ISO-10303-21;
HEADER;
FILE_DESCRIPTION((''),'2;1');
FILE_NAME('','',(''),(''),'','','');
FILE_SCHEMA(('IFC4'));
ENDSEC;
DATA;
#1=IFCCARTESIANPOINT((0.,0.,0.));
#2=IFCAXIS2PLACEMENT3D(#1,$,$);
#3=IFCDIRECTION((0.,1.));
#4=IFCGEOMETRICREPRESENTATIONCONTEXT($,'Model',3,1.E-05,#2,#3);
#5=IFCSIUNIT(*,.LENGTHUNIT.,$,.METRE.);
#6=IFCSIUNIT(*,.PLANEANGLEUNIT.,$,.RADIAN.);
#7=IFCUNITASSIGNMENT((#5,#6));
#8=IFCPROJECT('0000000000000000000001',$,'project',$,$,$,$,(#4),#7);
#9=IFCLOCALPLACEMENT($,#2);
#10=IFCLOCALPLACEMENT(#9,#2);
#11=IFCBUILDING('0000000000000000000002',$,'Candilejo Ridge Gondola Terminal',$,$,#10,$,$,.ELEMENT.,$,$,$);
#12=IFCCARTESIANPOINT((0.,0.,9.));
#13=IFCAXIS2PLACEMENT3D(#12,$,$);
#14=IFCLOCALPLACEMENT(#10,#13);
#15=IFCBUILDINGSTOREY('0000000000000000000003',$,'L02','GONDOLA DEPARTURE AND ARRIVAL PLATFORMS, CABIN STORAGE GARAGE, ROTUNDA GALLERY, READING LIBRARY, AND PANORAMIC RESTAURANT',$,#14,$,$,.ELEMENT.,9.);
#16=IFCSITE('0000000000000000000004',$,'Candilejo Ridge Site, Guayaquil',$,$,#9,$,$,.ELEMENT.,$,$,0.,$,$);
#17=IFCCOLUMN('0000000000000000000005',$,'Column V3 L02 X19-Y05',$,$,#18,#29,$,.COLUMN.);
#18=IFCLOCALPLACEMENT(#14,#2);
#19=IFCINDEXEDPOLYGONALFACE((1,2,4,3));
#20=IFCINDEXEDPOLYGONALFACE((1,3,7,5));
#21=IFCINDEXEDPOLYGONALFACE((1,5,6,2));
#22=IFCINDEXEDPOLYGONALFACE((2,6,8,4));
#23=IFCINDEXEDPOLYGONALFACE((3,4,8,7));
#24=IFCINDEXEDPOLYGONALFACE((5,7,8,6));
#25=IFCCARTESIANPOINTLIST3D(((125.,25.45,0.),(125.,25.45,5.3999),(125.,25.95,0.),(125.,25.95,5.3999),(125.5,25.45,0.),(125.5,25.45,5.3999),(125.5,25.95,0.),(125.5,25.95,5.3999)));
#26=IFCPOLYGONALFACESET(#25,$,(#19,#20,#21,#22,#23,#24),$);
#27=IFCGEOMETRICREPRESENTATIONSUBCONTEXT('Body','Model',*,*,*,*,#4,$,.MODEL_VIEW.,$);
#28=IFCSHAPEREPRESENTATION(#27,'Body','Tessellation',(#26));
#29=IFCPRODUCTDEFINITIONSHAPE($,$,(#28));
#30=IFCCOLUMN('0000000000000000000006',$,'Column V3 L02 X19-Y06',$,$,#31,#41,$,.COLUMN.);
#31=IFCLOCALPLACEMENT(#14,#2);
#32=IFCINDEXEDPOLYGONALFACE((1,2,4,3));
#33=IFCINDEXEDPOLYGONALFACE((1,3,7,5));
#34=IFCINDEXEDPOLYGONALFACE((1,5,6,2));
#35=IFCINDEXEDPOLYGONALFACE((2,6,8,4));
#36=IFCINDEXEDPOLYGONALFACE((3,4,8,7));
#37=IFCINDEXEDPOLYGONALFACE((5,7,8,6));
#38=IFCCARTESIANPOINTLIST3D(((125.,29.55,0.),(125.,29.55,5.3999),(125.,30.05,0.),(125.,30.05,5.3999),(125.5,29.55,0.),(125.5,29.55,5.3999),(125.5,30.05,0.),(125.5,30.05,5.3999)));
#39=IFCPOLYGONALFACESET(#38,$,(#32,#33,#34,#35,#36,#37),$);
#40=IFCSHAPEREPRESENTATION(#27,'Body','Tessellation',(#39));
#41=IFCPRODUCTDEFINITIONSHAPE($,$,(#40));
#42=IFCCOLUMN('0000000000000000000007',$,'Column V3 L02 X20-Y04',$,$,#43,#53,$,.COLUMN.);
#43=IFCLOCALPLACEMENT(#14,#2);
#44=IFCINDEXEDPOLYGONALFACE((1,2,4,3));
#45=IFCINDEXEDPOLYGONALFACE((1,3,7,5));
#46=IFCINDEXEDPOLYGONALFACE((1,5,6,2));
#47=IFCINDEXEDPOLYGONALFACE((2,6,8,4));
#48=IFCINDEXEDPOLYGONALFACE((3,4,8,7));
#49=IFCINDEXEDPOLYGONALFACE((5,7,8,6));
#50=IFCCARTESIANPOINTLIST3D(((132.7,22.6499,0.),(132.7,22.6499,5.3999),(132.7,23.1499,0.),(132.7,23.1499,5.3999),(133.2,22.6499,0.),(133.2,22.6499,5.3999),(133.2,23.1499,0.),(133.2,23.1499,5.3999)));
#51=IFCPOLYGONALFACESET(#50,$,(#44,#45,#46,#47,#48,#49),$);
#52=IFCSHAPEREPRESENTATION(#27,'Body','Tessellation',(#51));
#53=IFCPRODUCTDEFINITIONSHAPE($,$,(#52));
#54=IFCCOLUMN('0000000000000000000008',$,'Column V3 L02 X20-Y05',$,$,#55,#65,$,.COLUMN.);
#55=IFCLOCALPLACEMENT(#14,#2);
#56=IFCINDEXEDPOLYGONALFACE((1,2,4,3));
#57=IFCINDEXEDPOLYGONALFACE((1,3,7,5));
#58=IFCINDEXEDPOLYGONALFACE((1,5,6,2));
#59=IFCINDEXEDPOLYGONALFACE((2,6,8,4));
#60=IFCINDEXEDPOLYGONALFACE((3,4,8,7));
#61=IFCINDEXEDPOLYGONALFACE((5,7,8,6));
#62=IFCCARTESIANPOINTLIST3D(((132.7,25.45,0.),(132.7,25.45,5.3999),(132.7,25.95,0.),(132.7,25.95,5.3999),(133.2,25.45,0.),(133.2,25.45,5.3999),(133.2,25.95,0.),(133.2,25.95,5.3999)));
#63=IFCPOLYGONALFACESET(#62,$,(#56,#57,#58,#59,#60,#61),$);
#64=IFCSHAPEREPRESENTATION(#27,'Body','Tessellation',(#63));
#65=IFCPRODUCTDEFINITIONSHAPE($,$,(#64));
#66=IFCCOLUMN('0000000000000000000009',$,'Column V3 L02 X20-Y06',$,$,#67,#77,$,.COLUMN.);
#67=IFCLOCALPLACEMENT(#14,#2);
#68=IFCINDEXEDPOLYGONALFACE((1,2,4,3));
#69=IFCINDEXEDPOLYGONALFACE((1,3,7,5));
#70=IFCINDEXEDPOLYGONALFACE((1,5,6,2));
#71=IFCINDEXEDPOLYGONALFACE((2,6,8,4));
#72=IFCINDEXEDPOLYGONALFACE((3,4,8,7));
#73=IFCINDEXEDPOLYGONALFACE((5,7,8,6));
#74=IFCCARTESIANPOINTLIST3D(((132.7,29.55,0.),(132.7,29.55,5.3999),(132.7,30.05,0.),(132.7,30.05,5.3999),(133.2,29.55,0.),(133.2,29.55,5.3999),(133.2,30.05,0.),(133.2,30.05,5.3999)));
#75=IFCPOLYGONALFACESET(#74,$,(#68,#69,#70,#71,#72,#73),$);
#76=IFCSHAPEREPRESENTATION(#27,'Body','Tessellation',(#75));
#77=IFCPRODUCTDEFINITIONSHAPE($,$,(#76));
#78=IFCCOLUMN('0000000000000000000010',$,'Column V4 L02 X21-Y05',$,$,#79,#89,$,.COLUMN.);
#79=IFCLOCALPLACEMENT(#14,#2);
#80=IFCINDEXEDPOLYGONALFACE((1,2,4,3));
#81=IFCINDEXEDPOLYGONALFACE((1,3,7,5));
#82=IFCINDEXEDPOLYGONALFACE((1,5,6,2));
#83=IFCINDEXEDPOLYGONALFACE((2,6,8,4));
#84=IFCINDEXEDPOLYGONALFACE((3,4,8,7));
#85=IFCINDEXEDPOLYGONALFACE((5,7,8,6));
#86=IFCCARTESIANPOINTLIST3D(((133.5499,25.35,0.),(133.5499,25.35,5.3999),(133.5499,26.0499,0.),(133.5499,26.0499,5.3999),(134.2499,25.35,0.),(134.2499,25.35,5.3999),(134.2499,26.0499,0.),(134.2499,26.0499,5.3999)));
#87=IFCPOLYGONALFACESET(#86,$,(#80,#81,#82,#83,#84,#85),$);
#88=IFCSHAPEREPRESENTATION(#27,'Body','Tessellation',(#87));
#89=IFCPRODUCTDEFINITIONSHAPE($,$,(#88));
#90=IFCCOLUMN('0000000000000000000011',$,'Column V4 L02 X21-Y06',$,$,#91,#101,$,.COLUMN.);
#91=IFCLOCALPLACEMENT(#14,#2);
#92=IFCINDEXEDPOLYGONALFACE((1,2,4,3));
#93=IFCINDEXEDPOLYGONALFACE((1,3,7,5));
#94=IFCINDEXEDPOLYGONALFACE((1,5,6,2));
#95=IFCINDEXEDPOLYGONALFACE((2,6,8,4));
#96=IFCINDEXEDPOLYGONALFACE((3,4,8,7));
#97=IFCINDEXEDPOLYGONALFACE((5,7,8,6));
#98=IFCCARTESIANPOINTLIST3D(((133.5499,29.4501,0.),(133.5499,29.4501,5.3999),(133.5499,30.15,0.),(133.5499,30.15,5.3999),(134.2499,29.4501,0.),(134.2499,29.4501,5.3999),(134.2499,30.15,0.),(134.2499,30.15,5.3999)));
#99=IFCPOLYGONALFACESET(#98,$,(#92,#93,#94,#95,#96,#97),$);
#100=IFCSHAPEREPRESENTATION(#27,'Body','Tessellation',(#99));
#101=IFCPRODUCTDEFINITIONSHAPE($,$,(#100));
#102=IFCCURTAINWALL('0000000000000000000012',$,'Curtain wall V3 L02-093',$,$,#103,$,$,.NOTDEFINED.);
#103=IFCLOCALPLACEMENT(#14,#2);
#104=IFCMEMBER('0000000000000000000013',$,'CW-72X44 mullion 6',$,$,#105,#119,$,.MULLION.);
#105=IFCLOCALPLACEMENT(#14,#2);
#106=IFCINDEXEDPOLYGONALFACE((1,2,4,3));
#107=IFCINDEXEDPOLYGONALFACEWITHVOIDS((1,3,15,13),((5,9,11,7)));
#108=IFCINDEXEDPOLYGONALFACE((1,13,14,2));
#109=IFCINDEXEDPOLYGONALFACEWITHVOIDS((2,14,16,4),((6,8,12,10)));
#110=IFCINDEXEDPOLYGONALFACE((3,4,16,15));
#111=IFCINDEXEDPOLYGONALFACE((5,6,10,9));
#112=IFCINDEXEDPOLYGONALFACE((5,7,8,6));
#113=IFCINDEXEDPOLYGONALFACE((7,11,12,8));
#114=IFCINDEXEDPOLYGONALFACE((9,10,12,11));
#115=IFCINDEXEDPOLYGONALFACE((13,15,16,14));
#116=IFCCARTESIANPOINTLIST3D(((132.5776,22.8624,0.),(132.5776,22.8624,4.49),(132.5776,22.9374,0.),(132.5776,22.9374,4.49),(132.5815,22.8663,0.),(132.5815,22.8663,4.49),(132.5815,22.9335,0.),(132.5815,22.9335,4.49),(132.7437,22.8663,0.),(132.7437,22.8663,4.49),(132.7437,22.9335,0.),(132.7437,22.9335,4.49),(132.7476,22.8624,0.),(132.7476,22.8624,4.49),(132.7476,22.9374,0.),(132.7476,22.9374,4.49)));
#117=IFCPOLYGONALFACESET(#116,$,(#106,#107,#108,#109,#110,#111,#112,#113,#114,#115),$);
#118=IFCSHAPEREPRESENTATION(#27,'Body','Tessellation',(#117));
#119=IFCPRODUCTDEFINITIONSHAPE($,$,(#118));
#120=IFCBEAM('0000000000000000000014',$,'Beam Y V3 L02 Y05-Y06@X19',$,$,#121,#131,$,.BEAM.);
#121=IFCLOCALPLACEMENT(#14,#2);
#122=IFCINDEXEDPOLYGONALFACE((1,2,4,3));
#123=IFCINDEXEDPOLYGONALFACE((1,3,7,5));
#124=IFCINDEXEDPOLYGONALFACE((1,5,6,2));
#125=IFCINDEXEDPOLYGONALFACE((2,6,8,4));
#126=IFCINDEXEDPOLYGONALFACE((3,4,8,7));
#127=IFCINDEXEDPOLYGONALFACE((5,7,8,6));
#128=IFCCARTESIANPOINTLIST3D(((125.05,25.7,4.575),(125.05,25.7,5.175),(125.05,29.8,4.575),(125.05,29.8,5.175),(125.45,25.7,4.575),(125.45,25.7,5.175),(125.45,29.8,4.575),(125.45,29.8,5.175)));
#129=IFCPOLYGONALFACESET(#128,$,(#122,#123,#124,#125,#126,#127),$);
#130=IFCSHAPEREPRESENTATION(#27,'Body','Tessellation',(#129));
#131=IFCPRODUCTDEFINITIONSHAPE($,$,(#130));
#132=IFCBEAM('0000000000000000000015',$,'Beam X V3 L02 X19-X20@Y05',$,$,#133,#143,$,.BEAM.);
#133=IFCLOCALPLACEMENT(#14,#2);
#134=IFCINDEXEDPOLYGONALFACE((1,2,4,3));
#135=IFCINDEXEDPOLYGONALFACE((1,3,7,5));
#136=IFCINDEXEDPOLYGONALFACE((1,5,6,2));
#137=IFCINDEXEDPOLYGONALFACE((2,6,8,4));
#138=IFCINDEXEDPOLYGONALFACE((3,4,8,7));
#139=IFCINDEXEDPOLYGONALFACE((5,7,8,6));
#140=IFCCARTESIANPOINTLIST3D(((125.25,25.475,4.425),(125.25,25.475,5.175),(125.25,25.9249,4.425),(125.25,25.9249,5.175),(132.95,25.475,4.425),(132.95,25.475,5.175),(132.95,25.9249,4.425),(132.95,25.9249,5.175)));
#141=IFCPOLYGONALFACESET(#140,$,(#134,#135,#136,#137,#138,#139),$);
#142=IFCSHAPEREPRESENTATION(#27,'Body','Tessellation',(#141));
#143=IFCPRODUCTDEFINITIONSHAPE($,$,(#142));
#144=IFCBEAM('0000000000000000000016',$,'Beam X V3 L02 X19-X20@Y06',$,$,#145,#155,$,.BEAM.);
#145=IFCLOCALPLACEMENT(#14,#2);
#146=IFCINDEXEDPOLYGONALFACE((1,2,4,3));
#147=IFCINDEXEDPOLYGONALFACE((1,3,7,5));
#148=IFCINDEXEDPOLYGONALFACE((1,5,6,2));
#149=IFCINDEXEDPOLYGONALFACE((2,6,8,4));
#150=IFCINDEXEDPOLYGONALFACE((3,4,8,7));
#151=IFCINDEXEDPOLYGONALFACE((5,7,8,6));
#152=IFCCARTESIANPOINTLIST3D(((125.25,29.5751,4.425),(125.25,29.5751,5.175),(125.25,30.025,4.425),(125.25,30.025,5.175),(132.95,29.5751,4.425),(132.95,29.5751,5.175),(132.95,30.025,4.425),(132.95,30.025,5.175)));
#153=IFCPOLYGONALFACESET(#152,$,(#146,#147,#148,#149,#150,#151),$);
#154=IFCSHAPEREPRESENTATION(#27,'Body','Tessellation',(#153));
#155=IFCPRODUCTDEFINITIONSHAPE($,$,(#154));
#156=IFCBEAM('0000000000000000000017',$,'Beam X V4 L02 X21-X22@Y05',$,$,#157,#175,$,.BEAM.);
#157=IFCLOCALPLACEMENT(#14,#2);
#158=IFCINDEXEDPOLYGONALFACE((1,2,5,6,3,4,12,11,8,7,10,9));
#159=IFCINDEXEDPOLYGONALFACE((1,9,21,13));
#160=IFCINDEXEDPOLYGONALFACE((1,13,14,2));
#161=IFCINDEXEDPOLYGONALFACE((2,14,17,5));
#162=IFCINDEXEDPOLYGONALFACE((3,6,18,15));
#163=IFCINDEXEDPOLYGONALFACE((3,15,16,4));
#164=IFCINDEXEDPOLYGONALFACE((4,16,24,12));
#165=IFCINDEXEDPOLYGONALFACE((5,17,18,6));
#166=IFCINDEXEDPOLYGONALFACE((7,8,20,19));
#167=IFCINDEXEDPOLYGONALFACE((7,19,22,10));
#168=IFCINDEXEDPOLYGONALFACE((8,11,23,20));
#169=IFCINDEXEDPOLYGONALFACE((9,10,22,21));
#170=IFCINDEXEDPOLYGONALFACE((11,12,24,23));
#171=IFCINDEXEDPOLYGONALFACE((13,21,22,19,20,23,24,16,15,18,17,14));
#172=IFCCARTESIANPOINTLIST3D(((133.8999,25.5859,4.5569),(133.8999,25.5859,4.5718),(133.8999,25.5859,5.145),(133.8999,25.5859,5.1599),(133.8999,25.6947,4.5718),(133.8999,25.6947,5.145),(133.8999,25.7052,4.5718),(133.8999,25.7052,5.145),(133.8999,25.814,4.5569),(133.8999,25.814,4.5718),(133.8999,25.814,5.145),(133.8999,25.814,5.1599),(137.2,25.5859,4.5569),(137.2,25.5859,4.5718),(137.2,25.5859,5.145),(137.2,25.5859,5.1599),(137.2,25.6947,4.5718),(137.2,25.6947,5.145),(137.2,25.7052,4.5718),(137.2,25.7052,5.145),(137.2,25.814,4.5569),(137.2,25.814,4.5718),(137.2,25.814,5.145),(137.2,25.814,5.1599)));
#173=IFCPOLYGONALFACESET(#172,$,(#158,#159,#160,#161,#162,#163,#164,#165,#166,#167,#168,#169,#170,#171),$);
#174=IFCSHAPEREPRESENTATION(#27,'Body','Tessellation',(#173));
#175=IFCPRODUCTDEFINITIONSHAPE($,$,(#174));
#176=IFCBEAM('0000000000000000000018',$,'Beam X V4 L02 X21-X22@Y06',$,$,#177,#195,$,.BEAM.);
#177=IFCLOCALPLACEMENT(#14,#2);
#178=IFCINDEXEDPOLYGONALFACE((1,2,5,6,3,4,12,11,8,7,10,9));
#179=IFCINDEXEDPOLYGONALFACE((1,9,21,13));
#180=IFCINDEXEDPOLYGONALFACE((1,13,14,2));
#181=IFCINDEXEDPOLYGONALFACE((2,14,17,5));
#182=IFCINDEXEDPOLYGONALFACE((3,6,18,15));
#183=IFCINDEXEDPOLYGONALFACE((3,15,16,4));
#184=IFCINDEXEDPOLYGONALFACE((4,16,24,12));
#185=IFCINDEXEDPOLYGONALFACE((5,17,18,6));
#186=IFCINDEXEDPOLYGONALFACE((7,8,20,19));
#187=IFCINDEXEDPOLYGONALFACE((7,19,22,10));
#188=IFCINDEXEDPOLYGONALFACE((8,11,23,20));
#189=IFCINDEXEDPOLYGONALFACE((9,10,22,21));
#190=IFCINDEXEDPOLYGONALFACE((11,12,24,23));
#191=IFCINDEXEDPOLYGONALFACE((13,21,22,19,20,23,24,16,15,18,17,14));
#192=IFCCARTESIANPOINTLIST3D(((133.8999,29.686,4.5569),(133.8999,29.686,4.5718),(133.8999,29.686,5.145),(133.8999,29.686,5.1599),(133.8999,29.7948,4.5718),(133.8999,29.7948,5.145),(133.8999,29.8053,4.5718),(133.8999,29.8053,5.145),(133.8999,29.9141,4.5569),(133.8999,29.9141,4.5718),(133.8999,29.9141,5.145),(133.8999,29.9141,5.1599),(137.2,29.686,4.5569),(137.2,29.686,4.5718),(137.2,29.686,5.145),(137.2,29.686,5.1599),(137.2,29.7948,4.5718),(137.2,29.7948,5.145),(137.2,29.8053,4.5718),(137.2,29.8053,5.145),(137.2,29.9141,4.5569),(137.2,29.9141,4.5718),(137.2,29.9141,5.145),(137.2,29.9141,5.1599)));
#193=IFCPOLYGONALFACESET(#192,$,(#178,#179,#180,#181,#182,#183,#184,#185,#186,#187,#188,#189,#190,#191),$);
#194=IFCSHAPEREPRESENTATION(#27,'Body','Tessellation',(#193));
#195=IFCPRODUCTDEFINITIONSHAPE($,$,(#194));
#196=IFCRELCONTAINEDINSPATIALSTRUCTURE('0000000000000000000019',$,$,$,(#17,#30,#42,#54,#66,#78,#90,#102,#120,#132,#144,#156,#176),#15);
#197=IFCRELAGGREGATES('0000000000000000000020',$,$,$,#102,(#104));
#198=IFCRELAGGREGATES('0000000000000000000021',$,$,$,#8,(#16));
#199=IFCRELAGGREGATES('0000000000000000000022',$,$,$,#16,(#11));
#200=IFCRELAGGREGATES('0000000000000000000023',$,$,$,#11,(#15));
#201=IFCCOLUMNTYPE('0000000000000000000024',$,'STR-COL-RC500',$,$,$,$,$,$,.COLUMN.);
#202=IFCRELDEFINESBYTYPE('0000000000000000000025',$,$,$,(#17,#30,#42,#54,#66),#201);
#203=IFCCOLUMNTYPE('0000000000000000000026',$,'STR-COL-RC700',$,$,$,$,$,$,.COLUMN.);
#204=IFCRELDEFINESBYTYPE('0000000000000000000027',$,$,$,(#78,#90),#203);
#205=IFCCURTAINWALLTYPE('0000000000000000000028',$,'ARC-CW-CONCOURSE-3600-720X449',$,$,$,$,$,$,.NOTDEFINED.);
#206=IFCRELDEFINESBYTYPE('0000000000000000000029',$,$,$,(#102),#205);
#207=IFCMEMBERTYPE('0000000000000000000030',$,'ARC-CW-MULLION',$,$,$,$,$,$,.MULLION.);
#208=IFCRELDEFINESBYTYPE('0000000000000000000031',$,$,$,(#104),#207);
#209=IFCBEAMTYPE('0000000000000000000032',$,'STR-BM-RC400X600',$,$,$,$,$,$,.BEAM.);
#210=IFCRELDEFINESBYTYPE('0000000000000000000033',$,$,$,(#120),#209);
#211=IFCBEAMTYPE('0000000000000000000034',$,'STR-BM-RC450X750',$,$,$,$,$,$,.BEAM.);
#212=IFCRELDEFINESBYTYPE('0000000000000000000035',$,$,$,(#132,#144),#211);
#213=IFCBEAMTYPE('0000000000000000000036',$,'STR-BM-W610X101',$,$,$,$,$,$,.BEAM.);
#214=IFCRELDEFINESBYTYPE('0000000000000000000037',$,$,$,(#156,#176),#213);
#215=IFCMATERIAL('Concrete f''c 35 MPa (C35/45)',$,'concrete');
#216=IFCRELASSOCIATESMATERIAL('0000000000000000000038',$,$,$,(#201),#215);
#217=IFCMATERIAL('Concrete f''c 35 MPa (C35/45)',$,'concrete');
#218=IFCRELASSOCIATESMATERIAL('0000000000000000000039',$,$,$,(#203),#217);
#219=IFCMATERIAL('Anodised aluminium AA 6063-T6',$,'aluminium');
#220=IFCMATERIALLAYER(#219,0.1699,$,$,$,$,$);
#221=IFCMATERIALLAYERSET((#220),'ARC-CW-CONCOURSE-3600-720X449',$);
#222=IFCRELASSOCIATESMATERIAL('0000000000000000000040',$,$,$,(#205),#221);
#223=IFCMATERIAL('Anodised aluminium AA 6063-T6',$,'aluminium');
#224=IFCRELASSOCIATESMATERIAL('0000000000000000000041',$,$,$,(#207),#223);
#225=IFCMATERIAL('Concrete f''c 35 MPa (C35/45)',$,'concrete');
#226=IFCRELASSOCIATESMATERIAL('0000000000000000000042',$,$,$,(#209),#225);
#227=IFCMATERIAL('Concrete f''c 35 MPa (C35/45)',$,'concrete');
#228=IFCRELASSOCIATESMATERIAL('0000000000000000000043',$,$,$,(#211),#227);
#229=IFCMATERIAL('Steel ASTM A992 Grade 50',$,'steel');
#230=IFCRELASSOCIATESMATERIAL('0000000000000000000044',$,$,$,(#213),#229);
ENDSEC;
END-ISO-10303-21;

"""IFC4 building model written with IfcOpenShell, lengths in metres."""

from ifc_helpers import new_model, si_unit, direction, frame, origin, origin_2d, place, context, subcontext, project, spatial, rectangle, hollow_rectangle, i_section, extrude, material, layer, layer_set, material_profile, profile_set, type_object, element, aggregate, save


model = new_model("IFC4")

# Units and contexts
model_context = context("Model", 3, precision=1e-05, world=origin(), true_north=direction((0.0, 1.0)))
body_context = subcontext(model_context, "Body", "Model", "MODEL_VIEW")
ifc_project = project(units=[si_unit("LENGTHUNIT", "METRE"), si_unit("PLANEANGLEUNIT", "RADIAN")], contexts=[model_context])

# Site, building, storey
site_placement = place(None, origin())
site = spatial("IfcSite", under=ifc_project, at=site_placement, Name="Candilejo Ridge Site, Guayaquil", CompositionType="ELEMENT", RefElevation=0.0)
building_placement = place(site_placement, origin())
building = spatial("IfcBuilding", under=site, at=building_placement, Name="Candilejo Ridge Gondola Terminal", CompositionType="ELEMENT")
storey_placement = place(building_placement, frame((0.0, 0.0, 9.0)))
storey = spatial("IfcBuildingStorey", under=building, at=storey_placement, Name="L02", Description="GONDOLA DEPARTURE AND ARRIVAL PLATFORMS, CABIN STORAGE GARAGE, ROTUNDA GALLERY, READING LIBRARY, AND PANORAMIC RESTAURANT", CompositionType="ELEMENT", Elevation=9.0)

# Columns
ifc_material_1 = material(Name="Concrete f'c 35 MPa (C35/45)", Category="concrete")
ifc_material_profile_1 = material_profile(ifc_material_1, rectangle(XDim=0.5, YDim=0.5, at=origin_2d()))
ifc_profile_set_1 = profile_set([ifc_material_profile_1], Name="Concrete f'c 35 MPa (C35/45)")
column_type_1 = type_object("IfcColumnType", Name="STR-COL-RC500", PredefinedType="COLUMN", material=ifc_profile_set_1)
for number, where, z_axis, x_axis, name in (
    (1, (125.25, 25.7, 0.0), (0.0, 0.0, 1.0), (1.0, 0.0, 0.0), "Column V3 L02 X19-Y05"),
    (2, (125.25, 29.8, 0.0), (0.0, 0.0, 1.0), (1.0, 0.0, 0.0), "Column V3 L02 X19-Y06"),
    (3, (132.95, 22.8999, 0.0), (0.0, 0.0, 1.0), (1.0, 0.0, 0.0), "Column V3 L02 X20-Y04"),
    (4, (132.95, 25.7, 0.0), (0.0, 0.0, 1.0), (1.0, 0.0, 0.0), "Column V3 L02 X20-Y05"),
    (5, (132.95, 29.8, 0.0), (0.0, 0.0, 1.0), (1.0, 0.0, 0.0), "Column V3 L02 X20-Y06"),
):
    element("IfcColumn", number, at=place(storey_placement, frame(where, z_axis=z_axis, x_axis=x_axis)), inside=storey, type_object=column_type_1, Name=name, PredefinedType="COLUMN", context=body_context, shape_type="SweptSolid", body=[
        extrude(rectangle(XDim=0.5, YDim=0.5, at=origin_2d()), origin(), (0.0, 0.0, 1.0), 5.3999),
    ])
ifc_material_2 = material(Name="Concrete f'c 35 MPa (C35/45)", Category="concrete")
ifc_material_profile_2 = material_profile(ifc_material_2, rectangle(XDim=0.7, YDim=0.7, at=origin_2d()))
ifc_profile_set_2 = profile_set([ifc_material_profile_2], Name="Concrete f'c 35 MPa (C35/45)")
column_type_2 = type_object("IfcColumnType", Name="STR-COL-RC700", PredefinedType="COLUMN", material=ifc_profile_set_2)
for number, where, z_axis, x_axis, name in (
    (6, (133.8999, 25.7, 0.0), (0.0, 0.0, 1.0), (1.0, 0.0, 0.0), "Column V4 L02 X21-Y05"),
    (7, (133.8999, 29.8, 0.0), (0.0, 0.0, 1.0), (1.0, 0.0, 0.0), "Column V4 L02 X21-Y06"),
):
    element("IfcColumn", number, at=place(storey_placement, frame(where, z_axis=z_axis, x_axis=x_axis)), inside=storey, type_object=column_type_2, Name=name, PredefinedType="COLUMN", context=body_context, shape_type="SweptSolid", body=[
        extrude(rectangle(XDim=0.7, YDim=0.7, at=origin_2d()), origin(), (0.0, 0.0, 1.0), 5.3999),
    ])

# Curtain wall, member
ifc_material_3 = material(Name="Anodised aluminium AA 6063-T6", Category="aluminium")
ifc_layer_1 = layer(ifc_material_3, 0.1699)
ifc_layer_set_1 = layer_set([ifc_layer_1], Name="ARC-CW-CONCOURSE-3600-720X449")
curtain_wall_type = type_object("IfcCurtainWallType", Name="ARC-CW-CONCOURSE-3600-720X449", PredefinedType="NOTDEFINED", material=ifc_layer_set_1)
curtain_wall_placement = place(storey_placement, origin())
curtain_wall = element("IfcCurtainWall", 8, at=curtain_wall_placement, inside=storey, type_object=curtain_wall_type, Name="Curtain wall V3 L02-093", PredefinedType="NOTDEFINED")
ifc_material_4 = material(Name="Anodised aluminium AA 6063-T6", Category="aluminium")
ifc_material_profile_3 = material_profile(ifc_material_4, hollow_rectangle(XDim=0.075, YDim=0.1699, WallThickness=0.0039, at=origin_2d()))
ifc_profile_set_3 = profile_set([ifc_material_profile_3], Name="Anodised aluminium AA 6063-T6")
member_type = type_object("IfcMemberType", Name="ARC-CW-MULLION", PredefinedType="MULLION", material=ifc_profile_set_3)
member_placement = place(storey_placement, frame((132.6626, 22.8999, 0.0), z_axis=(0.0, 0.0, 1.0), x_axis=(0.0, 1.0, 0.0)))
member = element("IfcMember", 9, at=member_placement, type_object=member_type, Name="CW-72X44 mullion 6", PredefinedType="MULLION", context=body_context, shape_type="SweptSolid", body=[
    extrude(hollow_rectangle(XDim=0.075, YDim=0.1699, WallThickness=0.0039, at=origin_2d()), origin(), (0.0, 0.0, 1.0), 4.49),
])

# Beams
ifc_material_5 = material(Name="Concrete f'c 35 MPa (C35/45)", Category="concrete")
ifc_material_profile_4 = material_profile(ifc_material_5, rectangle(XDim=0.3999, YDim=0.6001, at=origin_2d()))
ifc_profile_set_4 = profile_set([ifc_material_profile_4], Name="Concrete f'c 35 MPa (C35/45)")
beam_type_1 = type_object("IfcBeamType", Name="STR-BM-RC400X600", PredefinedType="BEAM", material=ifc_profile_set_4)
beam_1_placement = place(storey_placement, frame((125.25, 25.7, 4.875), z_axis=(0.0, 1.0, 0.0), x_axis=(-1.0, 0.0, 0.0)))
element("IfcBeam", 10, at=beam_1_placement, inside=storey, type_object=beam_type_1, Name="Beam Y V3 L02 Y05-Y06@X19", PredefinedType="BEAM", context=body_context, shape_type="SweptSolid", body=[
    extrude(rectangle(XDim=0.3999, YDim=0.6001, at=origin_2d()), origin(), (0.0, 0.0, 1.0), 4.1001),
])
ifc_material_6 = material(Name="Concrete f'c 35 MPa (C35/45)", Category="concrete")
ifc_material_profile_5 = material_profile(ifc_material_6, rectangle(XDim=0.45, YDim=0.75, at=origin_2d()))
ifc_profile_set_5 = profile_set([ifc_material_profile_5], Name="Concrete f'c 35 MPa (C35/45)")
beam_type_2 = type_object("IfcBeamType", Name="STR-BM-RC450X750", PredefinedType="BEAM", material=ifc_profile_set_5)
for number, where, z_axis, x_axis, name in (
    (11, (125.25, 25.7, 4.8), (1.0, 0.0, 0.0), (0.0, 1.0, 0.0), "Beam X V3 L02 X19-X20@Y05"),
    (12, (125.25, 29.8, 4.8), (1.0, 0.0, 0.0), (0.0, 1.0, 0.0), "Beam X V3 L02 X19-X20@Y06"),
):
    element("IfcBeam", number, at=place(storey_placement, frame(where, z_axis=z_axis, x_axis=x_axis)), inside=storey, type_object=beam_type_2, Name=name, PredefinedType="BEAM", context=body_context, shape_type="SweptSolid", body=[
        extrude(rectangle(XDim=0.45, YDim=0.75, at=origin_2d()), origin(), (0.0, 0.0, 1.0), 7.7),
    ])
ifc_material_7 = material(Name="Steel ASTM A992 Grade 50", Category="steel")
ifc_material_profile_6 = material_profile(ifc_material_7, i_section(OverallWidth=0.228, OverallDepth=0.603, WebThickness=0.0105, FlangeThickness=0.0149, at=origin_2d()))
ifc_profile_set_6 = profile_set([ifc_material_profile_6], Name="Steel ASTM A992 Grade 50")
beam_type_3 = type_object("IfcBeamType", Name="STR-BM-W610X101", PredefinedType="BEAM", material=ifc_profile_set_6)
for number, where, z_axis, x_axis, name in (
    (13, (133.8999, 25.7, 4.8584), (1.0, 0.0, 0.0), (0.0, 1.0, 0.0), "Beam X V4 L02 X21-X22@Y05"),
    (14, (133.8999, 29.8, 4.8584), (1.0, 0.0, 0.0), (0.0, 1.0, 0.0), "Beam X V4 L02 X21-X22@Y06"),
):
    element("IfcBeam", number, at=place(storey_placement, frame(where, z_axis=z_axis, x_axis=x_axis)), inside=storey, type_object=beam_type_3, Name=name, PredefinedType="BEAM", context=body_context, shape_type="SweptSolid", body=[
        extrude(i_section(OverallWidth=0.228, OverallDepth=0.603, WebThickness=0.0105, FlangeThickness=0.0149, at=origin_2d()), origin(), (0.0, 0.0, 1.0), 3.3),
    ])

aggregate(curtain_wall, [member])

save(model, "model.ifc")
